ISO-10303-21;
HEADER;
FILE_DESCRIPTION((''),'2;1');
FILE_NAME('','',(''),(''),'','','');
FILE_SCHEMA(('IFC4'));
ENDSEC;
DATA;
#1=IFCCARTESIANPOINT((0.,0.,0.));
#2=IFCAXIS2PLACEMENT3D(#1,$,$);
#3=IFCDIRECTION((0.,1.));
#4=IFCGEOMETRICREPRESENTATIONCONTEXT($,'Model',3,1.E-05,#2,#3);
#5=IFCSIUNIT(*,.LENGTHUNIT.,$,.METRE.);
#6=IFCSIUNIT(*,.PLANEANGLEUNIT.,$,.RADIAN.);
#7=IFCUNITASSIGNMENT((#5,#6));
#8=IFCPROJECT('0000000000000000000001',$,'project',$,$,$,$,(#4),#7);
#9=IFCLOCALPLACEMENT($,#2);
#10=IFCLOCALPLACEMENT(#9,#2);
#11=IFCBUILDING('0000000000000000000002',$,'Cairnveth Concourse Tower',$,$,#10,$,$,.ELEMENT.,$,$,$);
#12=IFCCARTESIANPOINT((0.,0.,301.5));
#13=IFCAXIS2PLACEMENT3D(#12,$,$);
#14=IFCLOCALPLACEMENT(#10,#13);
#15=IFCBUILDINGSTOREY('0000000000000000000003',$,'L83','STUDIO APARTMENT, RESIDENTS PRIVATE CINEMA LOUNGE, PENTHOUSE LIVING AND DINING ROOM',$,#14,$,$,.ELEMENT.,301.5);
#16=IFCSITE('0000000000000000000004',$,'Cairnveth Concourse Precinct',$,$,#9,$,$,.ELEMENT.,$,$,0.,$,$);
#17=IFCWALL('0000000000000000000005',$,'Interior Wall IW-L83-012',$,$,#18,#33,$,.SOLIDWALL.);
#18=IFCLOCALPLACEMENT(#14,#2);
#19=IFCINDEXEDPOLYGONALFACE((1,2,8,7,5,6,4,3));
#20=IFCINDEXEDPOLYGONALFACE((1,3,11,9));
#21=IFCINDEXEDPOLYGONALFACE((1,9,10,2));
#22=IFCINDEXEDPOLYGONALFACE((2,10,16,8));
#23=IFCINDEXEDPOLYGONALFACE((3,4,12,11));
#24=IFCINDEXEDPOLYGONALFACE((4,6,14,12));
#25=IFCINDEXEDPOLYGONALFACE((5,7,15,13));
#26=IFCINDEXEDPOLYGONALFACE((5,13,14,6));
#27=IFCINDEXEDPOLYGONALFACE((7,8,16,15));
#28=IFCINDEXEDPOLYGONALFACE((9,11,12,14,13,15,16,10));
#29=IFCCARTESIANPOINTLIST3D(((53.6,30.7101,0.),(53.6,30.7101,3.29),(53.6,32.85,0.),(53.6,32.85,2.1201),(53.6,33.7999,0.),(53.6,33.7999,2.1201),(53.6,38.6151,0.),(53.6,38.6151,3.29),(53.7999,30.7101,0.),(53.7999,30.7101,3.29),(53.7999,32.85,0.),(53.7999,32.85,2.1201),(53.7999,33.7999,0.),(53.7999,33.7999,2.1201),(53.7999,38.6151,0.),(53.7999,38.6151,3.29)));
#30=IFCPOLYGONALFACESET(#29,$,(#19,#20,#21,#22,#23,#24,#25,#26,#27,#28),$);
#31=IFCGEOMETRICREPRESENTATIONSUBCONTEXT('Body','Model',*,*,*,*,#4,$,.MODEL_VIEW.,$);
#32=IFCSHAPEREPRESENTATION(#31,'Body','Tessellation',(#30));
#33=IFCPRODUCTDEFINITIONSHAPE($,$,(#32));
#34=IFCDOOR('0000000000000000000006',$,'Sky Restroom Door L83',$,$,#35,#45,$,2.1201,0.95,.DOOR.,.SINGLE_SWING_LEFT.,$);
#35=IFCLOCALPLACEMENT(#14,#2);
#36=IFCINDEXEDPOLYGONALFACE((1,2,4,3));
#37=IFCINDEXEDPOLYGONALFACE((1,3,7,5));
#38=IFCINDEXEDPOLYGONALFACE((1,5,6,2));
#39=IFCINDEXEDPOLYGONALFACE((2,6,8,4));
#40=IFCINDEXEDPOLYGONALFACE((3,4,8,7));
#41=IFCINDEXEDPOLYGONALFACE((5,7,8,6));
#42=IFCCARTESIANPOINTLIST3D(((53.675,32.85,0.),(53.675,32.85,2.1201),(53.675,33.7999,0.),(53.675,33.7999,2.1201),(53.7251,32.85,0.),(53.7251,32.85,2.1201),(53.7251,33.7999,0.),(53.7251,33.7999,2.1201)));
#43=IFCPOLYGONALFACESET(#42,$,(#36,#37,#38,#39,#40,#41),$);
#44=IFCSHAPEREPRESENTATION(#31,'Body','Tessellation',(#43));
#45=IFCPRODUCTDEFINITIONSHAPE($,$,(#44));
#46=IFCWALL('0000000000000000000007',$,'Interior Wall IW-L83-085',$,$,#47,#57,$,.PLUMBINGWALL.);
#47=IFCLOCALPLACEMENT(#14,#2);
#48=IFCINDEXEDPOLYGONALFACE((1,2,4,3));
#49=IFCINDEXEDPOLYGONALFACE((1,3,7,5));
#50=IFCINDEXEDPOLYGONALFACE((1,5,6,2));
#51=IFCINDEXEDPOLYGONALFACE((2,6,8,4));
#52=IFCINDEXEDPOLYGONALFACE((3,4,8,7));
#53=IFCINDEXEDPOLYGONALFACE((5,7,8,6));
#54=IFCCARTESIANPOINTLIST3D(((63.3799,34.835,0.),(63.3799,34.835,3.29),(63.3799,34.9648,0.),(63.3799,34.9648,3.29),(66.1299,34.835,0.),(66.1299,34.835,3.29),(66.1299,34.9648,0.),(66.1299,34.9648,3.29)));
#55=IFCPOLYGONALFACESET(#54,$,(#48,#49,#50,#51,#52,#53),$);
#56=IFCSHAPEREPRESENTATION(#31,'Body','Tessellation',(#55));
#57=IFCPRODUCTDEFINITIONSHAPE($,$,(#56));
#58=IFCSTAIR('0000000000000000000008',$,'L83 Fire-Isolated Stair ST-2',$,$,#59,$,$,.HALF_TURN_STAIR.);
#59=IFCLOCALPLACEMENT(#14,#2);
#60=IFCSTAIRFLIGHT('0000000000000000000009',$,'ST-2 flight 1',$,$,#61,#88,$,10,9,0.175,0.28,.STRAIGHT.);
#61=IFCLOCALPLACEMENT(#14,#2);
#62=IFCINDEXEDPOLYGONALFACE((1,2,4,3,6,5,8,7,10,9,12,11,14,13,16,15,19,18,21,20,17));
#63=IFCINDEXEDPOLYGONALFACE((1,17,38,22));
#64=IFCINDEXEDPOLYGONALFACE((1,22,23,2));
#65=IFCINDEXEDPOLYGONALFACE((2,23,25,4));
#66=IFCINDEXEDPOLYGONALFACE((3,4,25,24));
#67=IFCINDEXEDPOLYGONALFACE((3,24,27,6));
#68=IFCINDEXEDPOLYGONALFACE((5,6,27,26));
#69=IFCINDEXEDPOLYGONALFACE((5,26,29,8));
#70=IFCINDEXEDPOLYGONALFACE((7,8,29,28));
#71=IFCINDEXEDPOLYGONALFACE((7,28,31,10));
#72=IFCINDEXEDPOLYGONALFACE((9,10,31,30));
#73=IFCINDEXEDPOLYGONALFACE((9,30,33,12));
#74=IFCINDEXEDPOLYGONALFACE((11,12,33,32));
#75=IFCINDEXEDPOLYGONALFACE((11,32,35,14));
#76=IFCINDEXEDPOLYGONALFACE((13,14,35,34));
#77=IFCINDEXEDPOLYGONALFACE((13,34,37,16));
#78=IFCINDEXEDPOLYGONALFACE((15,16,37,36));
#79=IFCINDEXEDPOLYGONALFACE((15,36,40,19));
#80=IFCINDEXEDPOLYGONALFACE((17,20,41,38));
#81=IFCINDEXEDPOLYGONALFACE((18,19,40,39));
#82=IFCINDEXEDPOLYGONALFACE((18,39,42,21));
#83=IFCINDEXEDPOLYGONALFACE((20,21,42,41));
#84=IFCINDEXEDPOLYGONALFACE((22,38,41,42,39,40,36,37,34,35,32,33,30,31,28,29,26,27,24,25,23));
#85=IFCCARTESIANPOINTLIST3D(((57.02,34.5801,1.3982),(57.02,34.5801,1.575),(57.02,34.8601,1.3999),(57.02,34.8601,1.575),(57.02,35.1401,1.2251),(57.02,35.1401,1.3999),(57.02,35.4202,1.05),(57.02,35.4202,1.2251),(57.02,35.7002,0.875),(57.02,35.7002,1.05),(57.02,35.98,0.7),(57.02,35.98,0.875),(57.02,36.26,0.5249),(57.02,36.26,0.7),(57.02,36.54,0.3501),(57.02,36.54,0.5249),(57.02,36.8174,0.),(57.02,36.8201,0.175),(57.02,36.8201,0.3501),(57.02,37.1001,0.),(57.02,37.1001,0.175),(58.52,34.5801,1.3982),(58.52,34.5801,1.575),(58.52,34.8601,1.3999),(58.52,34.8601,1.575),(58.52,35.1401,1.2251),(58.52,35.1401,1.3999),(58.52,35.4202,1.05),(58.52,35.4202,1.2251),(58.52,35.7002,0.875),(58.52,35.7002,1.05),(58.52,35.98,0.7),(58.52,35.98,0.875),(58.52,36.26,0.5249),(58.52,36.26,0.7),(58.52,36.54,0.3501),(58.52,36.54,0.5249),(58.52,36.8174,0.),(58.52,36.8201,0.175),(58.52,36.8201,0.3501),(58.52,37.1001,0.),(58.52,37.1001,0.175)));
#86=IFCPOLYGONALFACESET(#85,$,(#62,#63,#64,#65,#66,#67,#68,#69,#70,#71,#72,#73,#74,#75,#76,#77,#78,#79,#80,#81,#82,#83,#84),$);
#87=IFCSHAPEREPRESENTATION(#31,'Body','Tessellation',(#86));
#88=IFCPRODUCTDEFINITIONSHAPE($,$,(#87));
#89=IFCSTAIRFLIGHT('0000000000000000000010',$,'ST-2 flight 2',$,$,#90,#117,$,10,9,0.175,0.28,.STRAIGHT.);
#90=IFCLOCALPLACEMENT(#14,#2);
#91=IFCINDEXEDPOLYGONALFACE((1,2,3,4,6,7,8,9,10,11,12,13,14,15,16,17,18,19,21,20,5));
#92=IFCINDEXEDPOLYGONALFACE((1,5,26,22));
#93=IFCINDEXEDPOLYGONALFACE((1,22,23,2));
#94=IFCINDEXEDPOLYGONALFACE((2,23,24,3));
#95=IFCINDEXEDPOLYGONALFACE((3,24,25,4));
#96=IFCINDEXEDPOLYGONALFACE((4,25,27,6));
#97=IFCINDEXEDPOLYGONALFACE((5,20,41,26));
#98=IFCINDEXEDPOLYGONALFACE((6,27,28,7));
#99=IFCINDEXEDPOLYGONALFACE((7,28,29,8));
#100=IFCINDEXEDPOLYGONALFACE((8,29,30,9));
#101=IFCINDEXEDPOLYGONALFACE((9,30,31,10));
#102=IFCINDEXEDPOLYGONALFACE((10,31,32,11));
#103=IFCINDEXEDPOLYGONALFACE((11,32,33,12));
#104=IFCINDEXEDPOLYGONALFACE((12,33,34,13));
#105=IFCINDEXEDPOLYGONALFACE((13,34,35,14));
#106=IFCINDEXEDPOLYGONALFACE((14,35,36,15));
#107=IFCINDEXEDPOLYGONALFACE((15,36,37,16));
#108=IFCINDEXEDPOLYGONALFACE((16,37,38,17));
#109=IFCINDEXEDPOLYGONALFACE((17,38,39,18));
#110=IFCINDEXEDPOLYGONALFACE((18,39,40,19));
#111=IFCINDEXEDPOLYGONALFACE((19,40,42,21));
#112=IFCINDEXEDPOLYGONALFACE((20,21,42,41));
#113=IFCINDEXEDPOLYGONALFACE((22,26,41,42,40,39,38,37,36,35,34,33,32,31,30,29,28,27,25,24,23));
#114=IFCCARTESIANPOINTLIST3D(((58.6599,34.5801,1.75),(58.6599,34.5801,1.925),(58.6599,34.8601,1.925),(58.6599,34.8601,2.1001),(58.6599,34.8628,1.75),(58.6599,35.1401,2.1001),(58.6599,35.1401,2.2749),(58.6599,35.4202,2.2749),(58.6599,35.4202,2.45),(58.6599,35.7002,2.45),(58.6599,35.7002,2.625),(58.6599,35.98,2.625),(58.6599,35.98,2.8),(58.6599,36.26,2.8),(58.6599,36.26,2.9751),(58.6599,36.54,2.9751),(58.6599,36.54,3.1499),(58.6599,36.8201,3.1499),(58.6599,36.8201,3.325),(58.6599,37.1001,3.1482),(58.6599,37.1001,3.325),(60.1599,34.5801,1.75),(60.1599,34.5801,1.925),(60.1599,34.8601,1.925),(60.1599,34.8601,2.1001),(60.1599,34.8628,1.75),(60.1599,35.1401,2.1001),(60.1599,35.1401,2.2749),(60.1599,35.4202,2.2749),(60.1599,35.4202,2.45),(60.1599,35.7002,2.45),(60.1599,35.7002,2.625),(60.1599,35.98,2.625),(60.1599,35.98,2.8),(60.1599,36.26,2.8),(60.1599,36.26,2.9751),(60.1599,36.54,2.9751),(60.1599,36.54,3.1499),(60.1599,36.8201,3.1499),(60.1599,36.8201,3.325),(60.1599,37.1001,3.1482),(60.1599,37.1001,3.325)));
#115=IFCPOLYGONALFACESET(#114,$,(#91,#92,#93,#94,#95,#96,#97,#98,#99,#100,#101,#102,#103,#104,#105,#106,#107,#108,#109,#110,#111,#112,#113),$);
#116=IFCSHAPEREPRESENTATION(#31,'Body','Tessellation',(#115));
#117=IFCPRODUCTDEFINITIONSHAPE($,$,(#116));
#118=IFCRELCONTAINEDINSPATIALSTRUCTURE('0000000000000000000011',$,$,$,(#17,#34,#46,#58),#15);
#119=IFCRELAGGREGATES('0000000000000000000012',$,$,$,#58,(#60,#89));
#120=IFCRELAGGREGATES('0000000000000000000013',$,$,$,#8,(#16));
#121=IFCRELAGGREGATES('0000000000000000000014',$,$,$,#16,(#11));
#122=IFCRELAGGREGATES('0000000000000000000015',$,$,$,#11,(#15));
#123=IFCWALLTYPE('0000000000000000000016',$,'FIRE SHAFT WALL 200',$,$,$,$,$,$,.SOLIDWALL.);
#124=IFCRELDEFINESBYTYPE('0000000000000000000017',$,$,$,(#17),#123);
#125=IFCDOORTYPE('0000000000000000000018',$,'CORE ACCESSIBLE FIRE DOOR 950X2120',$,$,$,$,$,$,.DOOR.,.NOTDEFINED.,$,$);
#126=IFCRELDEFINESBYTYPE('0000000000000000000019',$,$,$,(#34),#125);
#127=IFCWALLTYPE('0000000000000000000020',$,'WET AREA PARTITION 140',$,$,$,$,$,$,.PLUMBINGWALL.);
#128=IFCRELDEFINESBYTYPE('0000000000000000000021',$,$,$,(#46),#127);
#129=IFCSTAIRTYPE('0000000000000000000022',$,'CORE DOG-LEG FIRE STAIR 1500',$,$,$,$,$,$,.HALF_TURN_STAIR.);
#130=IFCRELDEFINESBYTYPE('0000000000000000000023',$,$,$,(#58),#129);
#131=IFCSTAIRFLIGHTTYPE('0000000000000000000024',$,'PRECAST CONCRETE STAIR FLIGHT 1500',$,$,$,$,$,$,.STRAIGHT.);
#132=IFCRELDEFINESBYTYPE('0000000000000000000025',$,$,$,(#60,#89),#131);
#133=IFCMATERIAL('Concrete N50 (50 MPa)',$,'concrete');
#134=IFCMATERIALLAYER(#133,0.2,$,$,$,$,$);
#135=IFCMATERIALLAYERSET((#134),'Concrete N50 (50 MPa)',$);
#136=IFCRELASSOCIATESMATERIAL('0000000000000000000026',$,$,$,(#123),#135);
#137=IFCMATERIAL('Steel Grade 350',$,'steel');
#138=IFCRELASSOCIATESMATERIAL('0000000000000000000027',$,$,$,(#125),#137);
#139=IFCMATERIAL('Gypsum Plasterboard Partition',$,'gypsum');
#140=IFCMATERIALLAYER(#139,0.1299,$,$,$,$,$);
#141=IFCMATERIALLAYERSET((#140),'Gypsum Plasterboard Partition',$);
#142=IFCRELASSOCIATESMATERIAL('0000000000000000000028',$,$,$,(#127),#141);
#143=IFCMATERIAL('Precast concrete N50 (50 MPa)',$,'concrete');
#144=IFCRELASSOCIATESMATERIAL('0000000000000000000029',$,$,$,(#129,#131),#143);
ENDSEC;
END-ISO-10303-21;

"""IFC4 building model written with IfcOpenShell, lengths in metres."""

from ifc_helpers import new_model, si_unit, direction, frame, frame_2d, origin, place, context, subcontext, project, spatial, polyline, rectangle, outline, extrude, material, layer, layer_set, type_object, element, fill, aggregate, save


model = new_model("IFC4")

# Units and contexts
model_context = context("Model", 3, precision=1e-05, world=origin(), true_north=direction((0.0, 1.0)))
body_context = subcontext(model_context, "Body", "Model", "MODEL_VIEW")
ifc_project = project(units=[si_unit("LENGTHUNIT", "METRE"), si_unit("PLANEANGLEUNIT", "RADIAN")], contexts=[model_context])

# Site, building, storey
site_placement = place(None, origin())
site = spatial("IfcSite", under=ifc_project, at=site_placement, Name="Cairnveth Concourse Precinct", CompositionType="ELEMENT", RefElevation=0.0)
building_placement = place(site_placement, origin())
building = spatial("IfcBuilding", under=site, at=building_placement, Name="Cairnveth Concourse Tower", CompositionType="ELEMENT")
storey_placement = place(building_placement, frame((0.0, 0.0, 301.5)))
storey = spatial("IfcBuildingStorey", under=building, at=storey_placement, Name="L83", Description="STUDIO APARTMENT, RESIDENTS PRIVATE CINEMA LOUNGE, PENTHOUSE LIVING AND DINING ROOM", CompositionType="ELEMENT", Elevation=301.5)

# Shared definitions
ifc_material_1 = material(Name="Steel Grade 350", Category="steel")

# Shared definitions
ifc_material_2 = material(Name="Gypsum Plasterboard Partition", Category="gypsum")

# Shared definitions
ifc_material_3 = material(Name="Concrete N50 (50 MPa)", Category="concrete")

# Wall, opening, door
ifc_layer_1 = layer(ifc_material_3, 0.2)
ifc_layer_set_1 = layer_set([ifc_layer_1], Name="Concrete N50 (50 MPa)")
wall_type_1 = type_object("IfcWallType", Name="FIRE SHAFT WALL 200", PredefinedType="SOLIDWALL", material=ifc_layer_set_1)
wall_1_placement = place(storey_placement, frame((53.7, 30.71, 0.0), z_axis=(0.0, 0.0, 1.0), x_axis=(0.0, 1.0, 0.0)))
wall_1 = element("IfcWall", 1, at=wall_1_placement, inside=storey, type_object=wall_type_1, Name="Interior Wall IW-L83-012", PredefinedType="SOLIDWALL", context=body_context, shape_type="SweptSolid", body=[
    extrude(rectangle(XDim=7.905, YDim=0.2, at=frame_2d((3.9526, 0.0))), origin(), (0.0, 0.0, 1.0), 3.29),
])
opening_1_placement = place(wall_1_placement, frame((2.1399, 0.0, 0.0)))
opening_1 = element("IfcOpeningElement", 2, at=opening_1_placement, cuts=wall_1, PredefinedType="OPENING", context=body_context, shape_type="SweptSolid", body=[
    extrude(rectangle(XDim=0.95, YDim=2.1201, at=frame_2d((0.4751, 1.0601))), frame((0.0, 0.1099, 0.0), z_axis=(0.0, -1.0, 0.0), x_axis=(1.0, 0.0, 0.0)), (0.0, 0.0, 1.0), 0.22),
])
door_type_1 = type_object("IfcDoorType", Name="CORE ACCESSIBLE FIRE DOOR 950X2120", OperationType="NOTDEFINED", PredefinedType="DOOR", material=ifc_material_1)
door_1_placement = place(opening_1_placement, origin())
door_1 = element("IfcDoor", 3, at=door_1_placement, inside=storey, type_object=door_type_1, Name="Sky Restroom Door L83", OperationType="SINGLE_SWING_LEFT", OverallHeight=2.1201, OverallWidth=0.95, PredefinedType="DOOR", context=body_context, shape_type="SweptSolid", body=[
    extrude(rectangle(XDim=0.95, YDim=2.1201, at=frame_2d((0.4751, 1.0601))), frame((0.0, 0.0249, 0.0), z_axis=(0.0, -1.0, 0.0), x_axis=(1.0, 0.0, 0.0)), (0.0, 0.0, 1.0), 0.05),
])
fill(opening_1, door_1)

# Wall
ifc_layer_2 = layer(ifc_material_2, 0.1299)
ifc_layer_set_2 = layer_set([ifc_layer_2], Name="Gypsum Plasterboard Partition")
wall_type_2 = type_object("IfcWallType", Name="WET AREA PARTITION 140", PredefinedType="PLUMBINGWALL", material=ifc_layer_set_2)
wall_2_placement = place(storey_placement, frame((63.3799, 34.8999, 0.0), z_axis=(0.0, 0.0, 1.0), x_axis=(1.0, 0.0, 0.0)))
element("IfcWall", 4, at=wall_2_placement, inside=storey, type_object=wall_type_2, Name="Interior Wall IW-L83-085", PredefinedType="PLUMBINGWALL", context=body_context, shape_type="SweptSolid", body=[
    extrude(rectangle(XDim=2.75, YDim=0.1299, at=frame_2d((1.375, 0.0))), origin(), (0.0, 0.0, 1.0), 3.29),
])

# Stair, stair flights
ifc_material_4 = material(Name="Precast concrete N50 (50 MPa)", Category="concrete")
stair_type = type_object("IfcStairType", Name="CORE DOG-LEG FIRE STAIR 1500", PredefinedType="HALF_TURN_STAIR", material=ifc_material_4)
stair_placement = place(storey_placement, origin())
stair = element("IfcStair", 5, at=stair_placement, inside=storey, type_object=stair_type, Name="L83 Fire-Isolated Stair ST-2", PredefinedType="HALF_TURN_STAIR")
stair_flight_type = type_object("IfcStairFlightType", Name="PRECAST CONCRETE STAIR FLIGHT 1500", PredefinedType="STRAIGHT", material=ifc_material_4)
stair_flight_1_placement = place(storey_placement, frame((57.77, 37.1001, 0.0), z_axis=(0.0, 0.0, 1.0), x_axis=(0.0, -1.0, 0.0)))
stair_flight_1 = element("IfcStairFlight", 6, at=stair_flight_1_placement, type_object=stair_flight_type, Name="ST-2 flight 1", NumberOfRisers=10, NumberOfTreads=9, PredefinedType="STRAIGHT", RiserHeight=0.175, TreadLength=0.28, context=body_context, shape_type="SweptSolid", body=[
    extrude(outline(polyline([(0.0, 0.0), (0.0, 0.175), (0.28, 0.175), (0.28, 0.3501), (0.5601, 0.3501), (0.5601, 0.5249), (0.8401, 0.5249), (0.8401, 0.7), (1.1201, 0.7), (1.1201, 0.875), (1.3999, 0.875), (1.3999, 1.05), (1.6799, 1.05), (1.6799, 1.2251), (1.96, 1.2251), (1.96, 1.3999), (2.24, 1.3999), (2.24, 1.575), (2.52, 1.575), (2.52, 1.75), (2.52, 1.3982), (0.2827, 0.0), (0.0, 0.0)])), frame((0.0, 0.75, 0.0), z_axis=(0.0, -1.0, 0.0), x_axis=(1.0, 0.0, 0.0)), (0.0, 0.0, 1.0), 1.5),
])
stair_flight_2_placement = place(storey_placement, frame((59.4099, 34.5801, 1.75), z_axis=(0.0, 0.0, 1.0), x_axis=(0.0, 1.0, 0.0)))
stair_flight_2 = element("IfcStairFlight", 7, at=stair_flight_2_placement, type_object=stair_flight_type, Name="ST-2 flight 2", NumberOfRisers=10, NumberOfTreads=9, PredefinedType="STRAIGHT", RiserHeight=0.175, TreadLength=0.28, context=body_context, shape_type="SweptSolid", body=[
    extrude(outline(polyline([(0.0, 0.0), (0.0, 0.175), (0.28, 0.175), (0.28, 0.3501), (0.5601, 0.3501), (0.5601, 0.5249), (0.8401, 0.5249), (0.8401, 0.7), (1.1201, 0.7), (1.1201, 0.875), (1.3999, 0.875), (1.3999, 1.05), (1.6799, 1.05), (1.6799, 1.2251), (1.96, 1.2251), (1.96, 1.3999), (2.24, 1.3999), (2.24, 1.575), (2.52, 1.575), (2.52, 1.75), (2.52, 1.3982), (0.2827, 0.0), (0.0, 0.0)])), frame((0.0, 0.75, 0.0), z_axis=(0.0, -1.0, 0.0), x_axis=(1.0, 0.0, 0.0)), (0.0, 0.0, 1.0), 1.5),
])
aggregate(stair, [stair_flight_1, stair_flight_2])

save(model, "model.ifc")
